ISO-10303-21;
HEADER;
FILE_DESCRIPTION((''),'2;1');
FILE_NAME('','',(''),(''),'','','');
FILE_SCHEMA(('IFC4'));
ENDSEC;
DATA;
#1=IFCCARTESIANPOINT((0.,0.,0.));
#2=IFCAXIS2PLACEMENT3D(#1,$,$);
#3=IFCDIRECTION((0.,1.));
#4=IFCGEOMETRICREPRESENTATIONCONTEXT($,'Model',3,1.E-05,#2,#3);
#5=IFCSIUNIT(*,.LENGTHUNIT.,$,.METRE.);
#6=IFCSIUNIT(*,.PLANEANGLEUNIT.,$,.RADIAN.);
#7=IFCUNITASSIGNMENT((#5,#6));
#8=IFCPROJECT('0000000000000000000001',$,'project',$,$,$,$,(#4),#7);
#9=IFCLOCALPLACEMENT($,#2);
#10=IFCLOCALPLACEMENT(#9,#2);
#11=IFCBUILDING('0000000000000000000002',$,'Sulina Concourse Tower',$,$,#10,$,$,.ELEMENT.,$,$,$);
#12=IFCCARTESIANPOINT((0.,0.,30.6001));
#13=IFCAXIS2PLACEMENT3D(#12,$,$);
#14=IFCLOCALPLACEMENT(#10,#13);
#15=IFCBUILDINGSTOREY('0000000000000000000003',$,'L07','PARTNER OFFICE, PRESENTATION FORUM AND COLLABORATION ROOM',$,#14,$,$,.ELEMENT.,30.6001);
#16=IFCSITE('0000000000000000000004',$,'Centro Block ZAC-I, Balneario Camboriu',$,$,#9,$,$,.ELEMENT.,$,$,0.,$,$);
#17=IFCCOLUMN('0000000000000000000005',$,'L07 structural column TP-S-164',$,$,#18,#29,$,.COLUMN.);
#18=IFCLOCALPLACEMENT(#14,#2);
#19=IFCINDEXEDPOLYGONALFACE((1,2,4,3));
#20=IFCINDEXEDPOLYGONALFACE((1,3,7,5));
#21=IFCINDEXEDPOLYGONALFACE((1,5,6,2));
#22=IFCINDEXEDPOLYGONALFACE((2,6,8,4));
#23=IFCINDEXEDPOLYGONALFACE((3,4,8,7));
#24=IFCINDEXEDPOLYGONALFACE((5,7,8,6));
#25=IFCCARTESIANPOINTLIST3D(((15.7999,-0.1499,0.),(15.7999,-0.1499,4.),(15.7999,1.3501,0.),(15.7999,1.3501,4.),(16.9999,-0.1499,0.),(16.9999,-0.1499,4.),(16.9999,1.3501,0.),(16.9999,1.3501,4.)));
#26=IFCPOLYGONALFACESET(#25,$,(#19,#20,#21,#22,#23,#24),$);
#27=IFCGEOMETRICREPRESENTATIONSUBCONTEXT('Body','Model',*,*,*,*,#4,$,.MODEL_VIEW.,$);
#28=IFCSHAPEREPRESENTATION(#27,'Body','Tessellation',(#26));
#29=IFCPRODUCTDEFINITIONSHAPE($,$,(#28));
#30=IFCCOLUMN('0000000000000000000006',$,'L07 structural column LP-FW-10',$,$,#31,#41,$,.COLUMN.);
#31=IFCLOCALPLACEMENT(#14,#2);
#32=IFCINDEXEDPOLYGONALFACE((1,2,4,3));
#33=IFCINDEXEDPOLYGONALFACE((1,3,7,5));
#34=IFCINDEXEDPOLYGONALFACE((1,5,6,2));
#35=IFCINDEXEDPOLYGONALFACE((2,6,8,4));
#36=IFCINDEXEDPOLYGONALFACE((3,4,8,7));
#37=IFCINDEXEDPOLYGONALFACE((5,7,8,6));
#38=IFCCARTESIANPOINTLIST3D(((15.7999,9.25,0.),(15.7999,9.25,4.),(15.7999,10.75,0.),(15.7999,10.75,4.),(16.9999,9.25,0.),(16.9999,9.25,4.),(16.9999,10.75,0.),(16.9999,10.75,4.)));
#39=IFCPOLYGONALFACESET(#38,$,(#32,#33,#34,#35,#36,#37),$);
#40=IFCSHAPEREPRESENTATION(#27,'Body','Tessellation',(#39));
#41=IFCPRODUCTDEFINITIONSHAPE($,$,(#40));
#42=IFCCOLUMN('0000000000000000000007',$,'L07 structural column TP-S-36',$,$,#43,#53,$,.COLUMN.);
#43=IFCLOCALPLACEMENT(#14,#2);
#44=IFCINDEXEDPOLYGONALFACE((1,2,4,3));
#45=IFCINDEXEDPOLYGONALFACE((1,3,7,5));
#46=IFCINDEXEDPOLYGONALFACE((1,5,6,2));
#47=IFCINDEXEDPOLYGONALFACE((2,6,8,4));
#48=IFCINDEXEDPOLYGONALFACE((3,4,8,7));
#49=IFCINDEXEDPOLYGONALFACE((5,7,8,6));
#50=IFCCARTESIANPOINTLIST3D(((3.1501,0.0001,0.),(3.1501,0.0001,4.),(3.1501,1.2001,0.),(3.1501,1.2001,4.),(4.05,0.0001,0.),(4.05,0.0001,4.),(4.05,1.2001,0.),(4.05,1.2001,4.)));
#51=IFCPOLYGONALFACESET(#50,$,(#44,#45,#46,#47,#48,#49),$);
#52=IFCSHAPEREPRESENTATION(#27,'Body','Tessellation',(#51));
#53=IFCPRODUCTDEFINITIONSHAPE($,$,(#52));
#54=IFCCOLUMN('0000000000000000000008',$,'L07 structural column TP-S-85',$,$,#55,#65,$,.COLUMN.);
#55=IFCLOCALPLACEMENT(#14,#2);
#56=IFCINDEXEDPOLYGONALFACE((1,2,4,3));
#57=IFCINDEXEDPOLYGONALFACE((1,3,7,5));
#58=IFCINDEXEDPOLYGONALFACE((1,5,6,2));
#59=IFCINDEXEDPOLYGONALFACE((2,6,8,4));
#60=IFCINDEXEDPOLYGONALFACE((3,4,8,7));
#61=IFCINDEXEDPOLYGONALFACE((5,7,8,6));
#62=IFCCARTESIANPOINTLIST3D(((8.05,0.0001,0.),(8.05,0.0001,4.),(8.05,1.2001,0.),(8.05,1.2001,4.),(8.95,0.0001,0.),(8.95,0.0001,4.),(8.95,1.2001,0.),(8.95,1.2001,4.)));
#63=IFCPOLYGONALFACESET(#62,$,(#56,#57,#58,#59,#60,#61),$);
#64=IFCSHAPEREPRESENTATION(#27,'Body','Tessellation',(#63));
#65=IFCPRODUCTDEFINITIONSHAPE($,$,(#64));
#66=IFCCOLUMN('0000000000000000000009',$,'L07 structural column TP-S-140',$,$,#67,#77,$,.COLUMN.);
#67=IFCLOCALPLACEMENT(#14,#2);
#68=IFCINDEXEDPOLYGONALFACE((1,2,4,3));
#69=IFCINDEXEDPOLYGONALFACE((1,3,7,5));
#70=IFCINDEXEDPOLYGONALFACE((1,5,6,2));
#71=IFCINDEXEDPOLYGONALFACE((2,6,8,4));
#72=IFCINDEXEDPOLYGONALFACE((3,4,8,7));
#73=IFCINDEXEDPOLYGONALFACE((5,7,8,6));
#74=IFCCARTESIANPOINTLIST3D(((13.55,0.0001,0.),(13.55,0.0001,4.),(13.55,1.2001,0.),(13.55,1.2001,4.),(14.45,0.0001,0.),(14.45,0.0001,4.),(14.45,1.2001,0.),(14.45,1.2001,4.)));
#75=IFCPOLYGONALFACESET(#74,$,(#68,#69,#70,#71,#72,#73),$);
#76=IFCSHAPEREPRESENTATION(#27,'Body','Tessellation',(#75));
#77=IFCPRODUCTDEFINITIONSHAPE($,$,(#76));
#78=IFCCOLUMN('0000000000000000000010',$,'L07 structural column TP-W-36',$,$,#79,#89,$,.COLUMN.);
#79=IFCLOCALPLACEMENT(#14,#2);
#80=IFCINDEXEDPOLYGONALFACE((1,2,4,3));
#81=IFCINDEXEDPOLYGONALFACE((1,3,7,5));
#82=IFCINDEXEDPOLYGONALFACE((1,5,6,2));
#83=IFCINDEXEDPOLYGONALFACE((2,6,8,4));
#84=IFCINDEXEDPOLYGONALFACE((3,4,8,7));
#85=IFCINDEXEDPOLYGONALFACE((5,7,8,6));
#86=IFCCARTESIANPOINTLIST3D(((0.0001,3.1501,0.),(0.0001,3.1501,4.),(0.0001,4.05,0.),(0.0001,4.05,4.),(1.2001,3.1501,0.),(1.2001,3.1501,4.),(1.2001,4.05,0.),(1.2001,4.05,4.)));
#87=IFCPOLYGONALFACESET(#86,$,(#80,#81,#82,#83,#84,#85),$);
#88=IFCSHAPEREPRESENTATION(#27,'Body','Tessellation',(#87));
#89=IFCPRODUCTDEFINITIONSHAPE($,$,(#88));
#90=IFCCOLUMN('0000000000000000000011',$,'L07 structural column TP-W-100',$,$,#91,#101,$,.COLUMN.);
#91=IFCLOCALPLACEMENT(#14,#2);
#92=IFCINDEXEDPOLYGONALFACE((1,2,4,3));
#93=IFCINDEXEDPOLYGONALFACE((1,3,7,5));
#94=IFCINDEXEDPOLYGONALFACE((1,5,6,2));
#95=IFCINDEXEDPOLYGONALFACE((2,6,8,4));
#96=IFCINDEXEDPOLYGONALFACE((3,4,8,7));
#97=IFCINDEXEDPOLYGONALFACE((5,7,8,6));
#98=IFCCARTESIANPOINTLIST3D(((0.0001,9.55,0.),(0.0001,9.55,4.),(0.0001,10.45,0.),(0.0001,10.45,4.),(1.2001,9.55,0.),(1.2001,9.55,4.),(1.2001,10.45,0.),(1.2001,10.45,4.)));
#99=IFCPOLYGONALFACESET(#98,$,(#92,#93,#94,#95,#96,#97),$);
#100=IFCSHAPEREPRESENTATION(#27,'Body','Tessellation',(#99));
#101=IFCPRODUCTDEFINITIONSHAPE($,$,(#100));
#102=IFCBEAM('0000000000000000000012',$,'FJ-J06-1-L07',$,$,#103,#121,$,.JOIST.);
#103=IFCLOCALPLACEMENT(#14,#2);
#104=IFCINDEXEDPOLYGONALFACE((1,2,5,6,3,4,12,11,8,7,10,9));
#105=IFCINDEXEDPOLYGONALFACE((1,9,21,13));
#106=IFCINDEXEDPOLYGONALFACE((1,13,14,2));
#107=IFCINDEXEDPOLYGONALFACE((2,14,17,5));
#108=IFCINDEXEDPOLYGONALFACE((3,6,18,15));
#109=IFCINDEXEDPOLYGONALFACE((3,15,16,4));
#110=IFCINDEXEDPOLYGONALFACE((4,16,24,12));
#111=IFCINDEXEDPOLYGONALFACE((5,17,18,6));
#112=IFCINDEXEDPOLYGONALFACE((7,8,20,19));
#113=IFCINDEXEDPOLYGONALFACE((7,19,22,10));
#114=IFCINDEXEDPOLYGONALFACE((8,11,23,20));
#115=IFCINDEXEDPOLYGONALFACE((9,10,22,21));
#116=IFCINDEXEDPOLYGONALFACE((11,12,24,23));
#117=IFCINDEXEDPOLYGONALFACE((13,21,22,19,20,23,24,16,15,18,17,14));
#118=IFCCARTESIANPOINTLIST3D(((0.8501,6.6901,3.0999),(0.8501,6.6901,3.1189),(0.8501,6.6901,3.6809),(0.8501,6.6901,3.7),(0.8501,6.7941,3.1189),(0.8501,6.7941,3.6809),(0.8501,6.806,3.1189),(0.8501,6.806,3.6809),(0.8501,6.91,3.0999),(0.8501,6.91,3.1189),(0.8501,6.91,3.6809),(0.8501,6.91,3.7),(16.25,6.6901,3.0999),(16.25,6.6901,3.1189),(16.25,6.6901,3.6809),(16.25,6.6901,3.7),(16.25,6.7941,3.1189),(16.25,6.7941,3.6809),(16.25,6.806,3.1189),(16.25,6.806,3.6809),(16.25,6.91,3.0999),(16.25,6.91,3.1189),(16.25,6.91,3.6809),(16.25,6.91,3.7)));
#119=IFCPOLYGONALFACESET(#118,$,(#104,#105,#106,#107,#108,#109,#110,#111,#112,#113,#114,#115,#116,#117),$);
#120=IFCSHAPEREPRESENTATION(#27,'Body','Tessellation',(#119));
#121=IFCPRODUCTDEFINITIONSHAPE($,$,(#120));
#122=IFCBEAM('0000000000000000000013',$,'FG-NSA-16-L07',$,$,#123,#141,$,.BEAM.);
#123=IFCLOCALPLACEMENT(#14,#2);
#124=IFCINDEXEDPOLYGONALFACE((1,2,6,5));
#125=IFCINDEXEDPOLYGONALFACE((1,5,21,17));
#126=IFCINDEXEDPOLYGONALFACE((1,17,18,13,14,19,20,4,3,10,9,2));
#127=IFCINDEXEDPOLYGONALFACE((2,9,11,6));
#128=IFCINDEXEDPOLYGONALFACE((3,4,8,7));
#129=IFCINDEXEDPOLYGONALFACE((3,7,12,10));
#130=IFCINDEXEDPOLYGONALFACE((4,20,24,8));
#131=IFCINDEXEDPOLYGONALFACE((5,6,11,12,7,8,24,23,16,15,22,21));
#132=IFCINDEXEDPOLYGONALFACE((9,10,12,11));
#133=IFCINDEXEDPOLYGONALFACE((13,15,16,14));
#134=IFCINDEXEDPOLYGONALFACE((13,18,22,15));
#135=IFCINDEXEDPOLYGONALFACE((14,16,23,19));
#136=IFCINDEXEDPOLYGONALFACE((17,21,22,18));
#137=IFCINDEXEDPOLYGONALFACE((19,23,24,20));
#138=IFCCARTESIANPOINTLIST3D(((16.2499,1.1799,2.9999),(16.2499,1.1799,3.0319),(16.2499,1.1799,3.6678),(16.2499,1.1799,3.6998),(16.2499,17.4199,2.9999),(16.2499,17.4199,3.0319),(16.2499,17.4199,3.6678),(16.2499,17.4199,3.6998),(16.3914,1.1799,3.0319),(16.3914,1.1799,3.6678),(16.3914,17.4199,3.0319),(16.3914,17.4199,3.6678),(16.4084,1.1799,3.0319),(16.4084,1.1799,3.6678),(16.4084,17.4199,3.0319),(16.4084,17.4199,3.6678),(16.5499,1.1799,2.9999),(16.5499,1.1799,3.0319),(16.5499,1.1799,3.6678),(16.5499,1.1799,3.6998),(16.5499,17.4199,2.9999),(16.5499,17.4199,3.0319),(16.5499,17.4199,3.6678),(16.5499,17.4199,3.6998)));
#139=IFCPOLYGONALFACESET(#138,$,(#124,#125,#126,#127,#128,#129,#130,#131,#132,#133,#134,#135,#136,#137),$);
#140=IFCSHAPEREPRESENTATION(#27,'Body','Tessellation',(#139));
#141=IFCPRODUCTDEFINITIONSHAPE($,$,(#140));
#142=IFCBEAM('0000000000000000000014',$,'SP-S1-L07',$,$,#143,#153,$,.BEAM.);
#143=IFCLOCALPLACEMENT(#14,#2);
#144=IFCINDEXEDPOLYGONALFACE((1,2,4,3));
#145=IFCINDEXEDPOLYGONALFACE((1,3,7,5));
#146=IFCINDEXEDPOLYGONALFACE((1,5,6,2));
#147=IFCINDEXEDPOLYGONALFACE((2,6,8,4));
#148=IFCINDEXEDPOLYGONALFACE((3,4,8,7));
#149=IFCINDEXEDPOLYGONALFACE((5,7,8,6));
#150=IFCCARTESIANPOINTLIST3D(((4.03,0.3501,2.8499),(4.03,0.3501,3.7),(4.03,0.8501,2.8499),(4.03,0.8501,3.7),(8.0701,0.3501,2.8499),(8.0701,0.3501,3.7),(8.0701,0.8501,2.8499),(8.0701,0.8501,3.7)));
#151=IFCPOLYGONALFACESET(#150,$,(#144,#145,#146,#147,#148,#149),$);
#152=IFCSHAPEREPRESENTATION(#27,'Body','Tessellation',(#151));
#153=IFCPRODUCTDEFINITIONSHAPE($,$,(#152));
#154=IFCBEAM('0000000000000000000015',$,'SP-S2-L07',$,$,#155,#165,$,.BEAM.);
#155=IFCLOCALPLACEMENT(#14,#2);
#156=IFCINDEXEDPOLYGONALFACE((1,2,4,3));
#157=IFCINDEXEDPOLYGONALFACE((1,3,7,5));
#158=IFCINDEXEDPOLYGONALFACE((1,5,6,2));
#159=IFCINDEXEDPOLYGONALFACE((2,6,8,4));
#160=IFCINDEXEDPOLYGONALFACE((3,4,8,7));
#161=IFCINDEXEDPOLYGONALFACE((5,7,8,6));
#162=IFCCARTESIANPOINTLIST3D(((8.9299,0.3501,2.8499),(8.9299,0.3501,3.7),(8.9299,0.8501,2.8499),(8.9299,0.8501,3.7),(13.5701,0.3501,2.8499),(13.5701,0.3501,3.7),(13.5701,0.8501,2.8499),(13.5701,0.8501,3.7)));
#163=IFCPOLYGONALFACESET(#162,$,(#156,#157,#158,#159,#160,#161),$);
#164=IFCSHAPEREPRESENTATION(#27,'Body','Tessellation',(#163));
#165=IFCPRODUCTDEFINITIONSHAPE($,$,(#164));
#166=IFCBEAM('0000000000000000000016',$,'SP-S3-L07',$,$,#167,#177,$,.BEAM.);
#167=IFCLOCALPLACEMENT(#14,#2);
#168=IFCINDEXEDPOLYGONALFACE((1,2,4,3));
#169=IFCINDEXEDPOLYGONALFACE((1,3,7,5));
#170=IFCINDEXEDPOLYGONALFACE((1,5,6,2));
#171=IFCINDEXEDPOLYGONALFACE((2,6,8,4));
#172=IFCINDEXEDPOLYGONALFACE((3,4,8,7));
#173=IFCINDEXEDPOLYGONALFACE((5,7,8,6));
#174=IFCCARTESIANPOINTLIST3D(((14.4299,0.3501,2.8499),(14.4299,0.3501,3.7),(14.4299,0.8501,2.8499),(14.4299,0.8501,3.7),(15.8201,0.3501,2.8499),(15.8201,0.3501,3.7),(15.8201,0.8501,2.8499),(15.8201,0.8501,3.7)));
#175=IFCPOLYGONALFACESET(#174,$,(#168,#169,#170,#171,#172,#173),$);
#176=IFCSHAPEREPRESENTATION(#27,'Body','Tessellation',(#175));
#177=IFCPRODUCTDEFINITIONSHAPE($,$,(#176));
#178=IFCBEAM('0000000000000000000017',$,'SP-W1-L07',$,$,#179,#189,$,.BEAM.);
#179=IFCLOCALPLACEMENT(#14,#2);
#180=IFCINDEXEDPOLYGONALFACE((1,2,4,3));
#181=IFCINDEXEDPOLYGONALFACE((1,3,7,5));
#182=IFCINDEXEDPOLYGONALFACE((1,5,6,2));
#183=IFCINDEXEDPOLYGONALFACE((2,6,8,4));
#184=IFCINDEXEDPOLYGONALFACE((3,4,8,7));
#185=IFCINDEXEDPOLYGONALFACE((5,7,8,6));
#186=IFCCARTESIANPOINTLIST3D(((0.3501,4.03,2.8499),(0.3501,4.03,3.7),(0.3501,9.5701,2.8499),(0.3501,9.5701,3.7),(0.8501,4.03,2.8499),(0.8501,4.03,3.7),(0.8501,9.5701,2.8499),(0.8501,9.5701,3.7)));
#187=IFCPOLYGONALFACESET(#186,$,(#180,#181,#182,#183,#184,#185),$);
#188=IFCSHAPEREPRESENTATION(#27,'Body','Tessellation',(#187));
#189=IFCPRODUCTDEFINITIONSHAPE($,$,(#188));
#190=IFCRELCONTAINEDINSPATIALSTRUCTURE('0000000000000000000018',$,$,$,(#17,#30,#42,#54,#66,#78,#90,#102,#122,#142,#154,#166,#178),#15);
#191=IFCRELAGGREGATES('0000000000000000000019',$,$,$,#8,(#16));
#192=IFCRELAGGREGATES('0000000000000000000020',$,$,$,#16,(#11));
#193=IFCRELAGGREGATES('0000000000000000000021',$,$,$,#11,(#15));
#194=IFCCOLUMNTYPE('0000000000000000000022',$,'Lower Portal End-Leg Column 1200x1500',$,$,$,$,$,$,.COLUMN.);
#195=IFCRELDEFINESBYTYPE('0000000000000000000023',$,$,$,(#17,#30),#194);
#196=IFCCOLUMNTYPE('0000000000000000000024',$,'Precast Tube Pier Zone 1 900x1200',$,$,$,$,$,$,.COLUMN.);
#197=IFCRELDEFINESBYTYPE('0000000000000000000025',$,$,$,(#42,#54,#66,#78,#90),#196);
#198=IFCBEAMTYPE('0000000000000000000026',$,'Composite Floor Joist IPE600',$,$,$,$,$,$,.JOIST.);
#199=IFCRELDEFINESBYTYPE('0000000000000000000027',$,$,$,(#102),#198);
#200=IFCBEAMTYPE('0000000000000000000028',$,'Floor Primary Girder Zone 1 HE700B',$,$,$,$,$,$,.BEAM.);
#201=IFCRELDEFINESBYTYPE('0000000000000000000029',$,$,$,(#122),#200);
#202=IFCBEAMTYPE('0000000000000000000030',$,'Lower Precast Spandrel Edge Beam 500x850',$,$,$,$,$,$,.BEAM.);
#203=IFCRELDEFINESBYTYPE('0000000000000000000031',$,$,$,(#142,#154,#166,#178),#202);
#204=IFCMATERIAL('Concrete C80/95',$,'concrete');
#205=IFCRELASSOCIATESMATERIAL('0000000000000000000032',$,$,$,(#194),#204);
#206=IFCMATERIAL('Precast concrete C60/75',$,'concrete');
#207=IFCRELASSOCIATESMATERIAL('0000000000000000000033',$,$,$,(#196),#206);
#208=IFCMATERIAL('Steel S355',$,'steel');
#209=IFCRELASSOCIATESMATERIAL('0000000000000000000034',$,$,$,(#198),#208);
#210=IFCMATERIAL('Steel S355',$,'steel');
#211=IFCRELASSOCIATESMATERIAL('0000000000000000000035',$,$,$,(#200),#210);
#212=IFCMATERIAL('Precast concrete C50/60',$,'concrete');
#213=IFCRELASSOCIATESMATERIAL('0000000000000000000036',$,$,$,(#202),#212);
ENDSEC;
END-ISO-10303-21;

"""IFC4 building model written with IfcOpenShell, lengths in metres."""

from ifc_helpers import new_model, si_unit, direction, frame, origin, origin_2d, place, context, subcontext, project, spatial, rectangle, i_section, extrude, material, material_profile, profile_set, type_object, element, save


model = new_model("IFC4")

# Units and contexts
model_context = context("Model", 3, precision=1e-05, world=origin(), true_north=direction((0.0, 1.0)))
body_context = subcontext(model_context, "Body", "Model", "MODEL_VIEW")
ifc_project = project(units=[si_unit("LENGTHUNIT", "METRE"), si_unit("PLANEANGLEUNIT", "RADIAN")], contexts=[model_context])

# Site, building, storey
site_placement = place(None, origin())
site = spatial("IfcSite", under=ifc_project, at=site_placement, Name="Centro Block ZAC-I, Balneario Camboriu", CompositionType="ELEMENT", RefElevation=0.0)
building_placement = place(site_placement, origin())
building = spatial("IfcBuilding", under=site, at=building_placement, Name="Sulina Concourse Tower", CompositionType="ELEMENT")
storey_placement = place(building_placement, frame((0.0, 0.0, 30.6001)))
storey = spatial("IfcBuildingStorey", under=building, at=storey_placement, Name="L07", Description="PARTNER OFFICE, PRESENTATION FORUM AND COLLABORATION ROOM", CompositionType="ELEMENT", Elevation=30.6001)

# Columns
ifc_material_1 = material(Name="Concrete C80/95", Category="concrete")
ifc_material_profile_1 = material_profile(ifc_material_1, rectangle(XDim=1.2, YDim=1.5, at=origin_2d()), Name="RC 1200x1500")
ifc_profile_set_1 = profile_set([ifc_material_profile_1], Name="Concrete C80/95")
column_type_1 = type_object("IfcColumnType", Name="Lower Portal End-Leg Column 1200x1500", PredefinedType="COLUMN", material=ifc_profile_set_1)
for number, where, z_axis, x_axis, name in (
    (1, (16.3999, 0.6001, 0.0), (0.0, 0.0, 1.0), (1.0, 0.0, 0.0), "L07 structural column TP-S-164"),
    (2, (16.3999, 10.0, 0.0), (0.0, 0.0, 1.0), (1.0, 0.0, 0.0), "L07 structural column LP-FW-10"),
):
    element("IfcColumn", number, at=place(storey_placement, frame(where, z_axis=z_axis, x_axis=x_axis)), inside=storey, type_object=column_type_1, Name=name, PredefinedType="COLUMN", context=body_context, shape_type="SweptSolid", body=[
        extrude(rectangle(XDim=1.2, YDim=1.5, at=origin_2d()), origin(), (0.0, 0.0, 1.0), 4.0),
    ])
ifc_material_2 = material(Name="Precast concrete C60/75", Category="concrete")
ifc_material_profile_2 = material_profile(ifc_material_2, rectangle(XDim=0.8999, YDim=1.2, at=origin_2d()), Name="PC 900x1200")
ifc_profile_set_2 = profile_set([ifc_material_profile_2], Name="Precast concrete C60/75")
column_type_2 = type_object("IfcColumnType", Name="Precast Tube Pier Zone 1 900x1200", PredefinedType="COLUMN", material=ifc_profile_set_2)
for number, where, z_axis, x_axis, name in (
    (3, (3.6001, 0.6001, 0.0), (0.0, 0.0, 1.0), (1.0, 0.0, 0.0), "L07 structural column TP-S-36"),
    (4, (8.5, 0.6001, 0.0), (0.0, 0.0, 1.0), (1.0, 0.0, 0.0), "L07 structural column TP-S-85"),
    (5, (14.0, 0.6001, 0.0), (0.0, 0.0, 1.0), (1.0, 0.0, 0.0), "L07 structural column TP-S-140"),
    (6, (0.6001, 3.6001, 0.0), (0.0, 0.0, 1.0), (0.0, 1.0, 0.0), "L07 structural column TP-W-36"),
    (7, (0.6001, 10.0, 0.0), (0.0, 0.0, 1.0), (0.0, 1.0, 0.0), "L07 structural column TP-W-100"),
):
    element("IfcColumn", number, at=place(storey_placement, frame(where, z_axis=z_axis, x_axis=x_axis)), inside=storey, type_object=column_type_2, Name=name, PredefinedType="COLUMN", context=body_context, shape_type="SweptSolid", body=[
        extrude(rectangle(XDim=0.8999, YDim=1.2, at=origin_2d()), origin(), (0.0, 0.0, 1.0), 4.0),
    ])

# Beams
ifc_material_3 = material(Name="Steel S355", Category="steel")
ifc_material_profile_3 = material_profile(ifc_material_3, i_section(OverallWidth=0.22, OverallDepth=0.6001, WebThickness=0.012, FlangeThickness=0.019, at=origin_2d()), Name="IPE 600")
ifc_profile_set_3 = profile_set([ifc_material_profile_3], Name="Steel S355")
beam_type_1 = type_object("IfcBeamType", Name="Composite Floor Joist IPE600", PredefinedType="JOIST", material=ifc_profile_set_3)
beam_1_placement = place(storey_placement, frame((0.8501, 6.8, 3.3999), z_axis=(1.0, 0.0, 0.0), x_axis=(0.0, 1.0, 0.0)))
element("IfcBeam", 8, at=beam_1_placement, inside=storey, type_object=beam_type_1, Name="FJ-J06-1-L07", PredefinedType="JOIST", context=body_context, shape_type="SweptSolid", body=[
    extrude(i_section(OverallWidth=0.22, OverallDepth=0.6001, WebThickness=0.012, FlangeThickness=0.019, at=origin_2d()), origin(), (0.0, 0.0, 1.0), 15.3999),
])
ifc_material_4 = material(Name="Steel S355", Category="steel")
ifc_material_profile_4 = material_profile(ifc_material_4, i_section(OverallWidth=0.3, OverallDepth=0.7, WebThickness=0.0171, FlangeThickness=0.032, at=origin_2d()), Name="HE 700 B")
ifc_profile_set_4 = profile_set([ifc_material_profile_4], Name="Steel S355")
beam_type_2 = type_object("IfcBeamType", Name="Floor Primary Girder Zone 1 HE700B", PredefinedType="BEAM", material=ifc_profile_set_4)
beam_2_placement = place(storey_placement, frame((16.3999, 1.1799, 3.3499), z_axis=(0.0, 1.0, 0.0), x_axis=(-1.0, 0.0, 0.0)))
element("IfcBeam", 9, at=beam_2_placement, inside=storey, type_object=beam_type_2, Name="FG-NSA-16-L07", PredefinedType="BEAM", context=body_context, shape_type="SweptSolid", body=[
    extrude(i_section(OverallWidth=0.3, OverallDepth=0.7, WebThickness=0.0171, FlangeThickness=0.032, at=origin_2d()), origin(), (0.0, 0.0, 1.0), 16.24),
])
ifc_material_5 = material(Name="Precast concrete C50/60", Category="concrete")
ifc_material_profile_5 = material_profile(ifc_material_5, rectangle(XDim=0.5, YDim=0.8501, at=origin_2d()), Name="RC 500x850")
ifc_profile_set_5 = profile_set([ifc_material_profile_5], Name="Precast concrete C50/60")
beam_type_3 = type_object("IfcBeamType", Name="Lower Precast Spandrel Edge Beam 500x850", PredefinedType="BEAM", material=ifc_profile_set_5)
beam_3_placement = place(storey_placement, frame((4.03, 0.6001, 3.2749), z_axis=(1.0, 0.0, 0.0), x_axis=(0.0, 1.0, 0.0)))
element("IfcBeam", 10, at=beam_3_placement, inside=storey, type_object=beam_type_3, Name="SP-S1-L07", PredefinedType="BEAM", context=body_context, shape_type="SweptSolid", body=[
    extrude(rectangle(XDim=0.5, YDim=0.8501, at=origin_2d()), origin(), (0.0, 0.0, 1.0), 4.04),
])
beam_4_placement = place(storey_placement, frame((8.9299, 0.6001, 3.2749), z_axis=(1.0, 0.0, 0.0), x_axis=(0.0, 1.0, 0.0)))
element("IfcBeam", 11, at=beam_4_placement, inside=storey, type_object=beam_type_3, Name="SP-S2-L07", PredefinedType="BEAM", context=body_context, shape_type="SweptSolid", body=[
    extrude(rectangle(XDim=0.5, YDim=0.8501, at=origin_2d()), origin(), (0.0, 0.0, 1.0), 4.6401),
])
beam_5_placement = place(storey_placement, frame((14.4299, 0.6001, 3.2749), z_axis=(1.0, 0.0, 0.0), x_axis=(0.0, 1.0, 0.0)))
element("IfcBeam", 12, at=beam_5_placement, inside=storey, type_object=beam_type_3, Name="SP-S3-L07", PredefinedType="BEAM", context=body_context, shape_type="SweptSolid", body=[
    extrude(rectangle(XDim=0.5, YDim=0.8501, at=origin_2d()), origin(), (0.0, 0.0, 1.0), 1.3901),
])
beam_6_placement = place(storey_placement, frame((0.6001, 4.03, 3.2749), z_axis=(0.0, 1.0, 0.0), x_axis=(-1.0, 0.0, 0.0)))
element("IfcBeam", 13, at=beam_6_placement, inside=storey, type_object=beam_type_3, Name="SP-W1-L07", PredefinedType="BEAM", context=body_context, shape_type="SweptSolid", body=[
    extrude(rectangle(XDim=0.5, YDim=0.8501, at=origin_2d()), origin(), (0.0, 0.0, 1.0), 5.54),
])

save(model, "model.ifc")
